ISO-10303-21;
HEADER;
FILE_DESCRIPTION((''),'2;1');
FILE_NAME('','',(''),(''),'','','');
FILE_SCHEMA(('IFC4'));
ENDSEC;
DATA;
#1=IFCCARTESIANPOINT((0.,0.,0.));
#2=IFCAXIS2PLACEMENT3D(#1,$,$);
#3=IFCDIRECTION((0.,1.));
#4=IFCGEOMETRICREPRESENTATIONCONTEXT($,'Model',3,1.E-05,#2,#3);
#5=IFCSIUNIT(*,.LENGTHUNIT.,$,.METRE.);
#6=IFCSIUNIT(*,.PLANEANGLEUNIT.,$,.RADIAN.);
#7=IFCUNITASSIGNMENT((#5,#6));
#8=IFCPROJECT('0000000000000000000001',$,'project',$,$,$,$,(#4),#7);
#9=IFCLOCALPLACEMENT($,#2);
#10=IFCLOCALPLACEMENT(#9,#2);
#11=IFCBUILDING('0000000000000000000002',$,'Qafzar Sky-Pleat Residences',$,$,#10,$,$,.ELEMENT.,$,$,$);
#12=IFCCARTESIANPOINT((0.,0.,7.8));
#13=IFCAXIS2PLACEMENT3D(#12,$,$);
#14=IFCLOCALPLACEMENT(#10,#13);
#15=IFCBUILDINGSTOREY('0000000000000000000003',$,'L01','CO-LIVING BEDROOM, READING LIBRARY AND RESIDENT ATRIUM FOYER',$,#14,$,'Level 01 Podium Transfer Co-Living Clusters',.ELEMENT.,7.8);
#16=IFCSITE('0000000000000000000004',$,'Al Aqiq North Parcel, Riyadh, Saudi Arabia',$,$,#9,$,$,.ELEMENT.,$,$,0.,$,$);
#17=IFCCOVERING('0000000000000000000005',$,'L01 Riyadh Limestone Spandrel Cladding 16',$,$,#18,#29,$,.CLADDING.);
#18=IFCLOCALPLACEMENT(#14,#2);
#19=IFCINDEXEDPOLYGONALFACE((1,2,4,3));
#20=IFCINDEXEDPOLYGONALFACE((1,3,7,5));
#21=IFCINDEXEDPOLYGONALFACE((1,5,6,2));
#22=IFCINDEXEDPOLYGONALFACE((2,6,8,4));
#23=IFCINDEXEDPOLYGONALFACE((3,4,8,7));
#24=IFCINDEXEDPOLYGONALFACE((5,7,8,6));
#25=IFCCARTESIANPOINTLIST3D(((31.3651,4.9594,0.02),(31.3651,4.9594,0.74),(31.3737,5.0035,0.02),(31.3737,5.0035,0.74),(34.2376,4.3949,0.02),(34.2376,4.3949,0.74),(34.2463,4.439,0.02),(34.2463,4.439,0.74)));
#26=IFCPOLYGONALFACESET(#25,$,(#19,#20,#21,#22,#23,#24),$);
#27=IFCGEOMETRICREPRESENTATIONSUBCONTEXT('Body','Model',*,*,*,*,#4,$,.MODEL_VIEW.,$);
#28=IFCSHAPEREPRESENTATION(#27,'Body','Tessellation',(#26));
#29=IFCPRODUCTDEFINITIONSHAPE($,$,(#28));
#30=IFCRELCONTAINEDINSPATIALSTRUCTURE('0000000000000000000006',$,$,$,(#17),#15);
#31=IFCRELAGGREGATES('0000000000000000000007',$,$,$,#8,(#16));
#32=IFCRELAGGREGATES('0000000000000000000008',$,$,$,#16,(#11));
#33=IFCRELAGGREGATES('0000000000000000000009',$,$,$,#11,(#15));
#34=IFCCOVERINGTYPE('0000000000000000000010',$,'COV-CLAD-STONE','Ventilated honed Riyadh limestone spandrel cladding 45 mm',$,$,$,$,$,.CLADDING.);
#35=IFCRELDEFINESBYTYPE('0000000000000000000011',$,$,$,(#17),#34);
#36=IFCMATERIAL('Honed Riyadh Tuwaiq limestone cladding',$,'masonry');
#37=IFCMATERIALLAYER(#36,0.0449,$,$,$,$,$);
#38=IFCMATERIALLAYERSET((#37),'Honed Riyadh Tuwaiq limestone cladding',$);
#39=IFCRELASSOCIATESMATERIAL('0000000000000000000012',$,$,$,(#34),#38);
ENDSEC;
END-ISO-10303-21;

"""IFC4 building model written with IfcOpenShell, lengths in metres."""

from ifc_helpers import new_model, si_unit, direction, frame, origin, origin_2d, place, context, subcontext, project, spatial, rectangle, extrude, source, transform, mapped, material, layer, layer_set, type_object, element, save


model = new_model("IFC4")

# Units and contexts
model_context = context("Model", 3, precision=1e-05, world=origin(), true_north=direction((0.0, 1.0)))
body_context = subcontext(model_context, "Body", "Model", "MODEL_VIEW")
ifc_project = project(units=[si_unit("LENGTHUNIT", "METRE"), si_unit("PLANEANGLEUNIT", "RADIAN")], contexts=[model_context])

# Site, building, storey
site_placement = place(None, origin())
site = spatial("IfcSite", under=ifc_project, at=site_placement, Name="Al Aqiq North Parcel, Riyadh, Saudi Arabia", CompositionType="ELEMENT", RefElevation=0.0)
building_placement = place(site_placement, origin())
building = spatial("IfcBuilding", under=site, at=building_placement, Name="Qafzar Sky-Pleat Residences", CompositionType="ELEMENT")
storey_placement = place(building_placement, frame((0.0, 0.0, 7.8)))
storey = spatial("IfcBuildingStorey", under=building, at=storey_placement, Name="L01", Description="CO-LIVING BEDROOM, READING LIBRARY AND RESIDENT ATRIUM FOYER", LongName="Level 01 Podium Transfer Co-Living Clusters", CompositionType="ELEMENT", Elevation=7.8)

# Covering
ifc_material_1 = material(Name="Honed Riyadh Tuwaiq limestone cladding", Category="masonry")
ifc_layer_1 = layer(ifc_material_1, 0.0449)
ifc_layer_set_1 = layer_set([ifc_layer_1], Name="Honed Riyadh Tuwaiq limestone cladding")
covering_type = type_object("IfcCoveringType", Name="COV-CLAD-STONE", Description="Ventilated honed Riyadh limestone spandrel cladding 45 mm", PredefinedType="CLADDING", material=ifc_layer_set_1)
shared_shape_1 = source(origin(), body_context, "Body", "SweptSolid", [
    extrude(rectangle(XDim=2.9275, YDim=0.0449, at=origin_2d()), origin(), (0.0, 0.0, 1.0), 0.72),
])
covering_placement = place(storey_placement, frame((32.8057, 4.6992, 0.02), z_axis=(0.0, 0.0, 1.0), x_axis=(0.981233, -0.192828, 0.0)))
element("IfcCovering", 1, at=covering_placement, inside=storey, type_object=covering_type, Name="L01 Riyadh Limestone Spandrel Cladding 16", PredefinedType="CLADDING", context=body_context, shape_type="MappedRepresentation", body=[
    mapped(shared_shape_1, transform((0.0, 0.0, 0.0), x_axis=(1.0, 0.0, 0.0), y_axis=(0.0, 1.0, 0.0), z_axis=(0.0, 0.0, 1.0), scale=1.0)),
])

save(model, "model.ifc")
